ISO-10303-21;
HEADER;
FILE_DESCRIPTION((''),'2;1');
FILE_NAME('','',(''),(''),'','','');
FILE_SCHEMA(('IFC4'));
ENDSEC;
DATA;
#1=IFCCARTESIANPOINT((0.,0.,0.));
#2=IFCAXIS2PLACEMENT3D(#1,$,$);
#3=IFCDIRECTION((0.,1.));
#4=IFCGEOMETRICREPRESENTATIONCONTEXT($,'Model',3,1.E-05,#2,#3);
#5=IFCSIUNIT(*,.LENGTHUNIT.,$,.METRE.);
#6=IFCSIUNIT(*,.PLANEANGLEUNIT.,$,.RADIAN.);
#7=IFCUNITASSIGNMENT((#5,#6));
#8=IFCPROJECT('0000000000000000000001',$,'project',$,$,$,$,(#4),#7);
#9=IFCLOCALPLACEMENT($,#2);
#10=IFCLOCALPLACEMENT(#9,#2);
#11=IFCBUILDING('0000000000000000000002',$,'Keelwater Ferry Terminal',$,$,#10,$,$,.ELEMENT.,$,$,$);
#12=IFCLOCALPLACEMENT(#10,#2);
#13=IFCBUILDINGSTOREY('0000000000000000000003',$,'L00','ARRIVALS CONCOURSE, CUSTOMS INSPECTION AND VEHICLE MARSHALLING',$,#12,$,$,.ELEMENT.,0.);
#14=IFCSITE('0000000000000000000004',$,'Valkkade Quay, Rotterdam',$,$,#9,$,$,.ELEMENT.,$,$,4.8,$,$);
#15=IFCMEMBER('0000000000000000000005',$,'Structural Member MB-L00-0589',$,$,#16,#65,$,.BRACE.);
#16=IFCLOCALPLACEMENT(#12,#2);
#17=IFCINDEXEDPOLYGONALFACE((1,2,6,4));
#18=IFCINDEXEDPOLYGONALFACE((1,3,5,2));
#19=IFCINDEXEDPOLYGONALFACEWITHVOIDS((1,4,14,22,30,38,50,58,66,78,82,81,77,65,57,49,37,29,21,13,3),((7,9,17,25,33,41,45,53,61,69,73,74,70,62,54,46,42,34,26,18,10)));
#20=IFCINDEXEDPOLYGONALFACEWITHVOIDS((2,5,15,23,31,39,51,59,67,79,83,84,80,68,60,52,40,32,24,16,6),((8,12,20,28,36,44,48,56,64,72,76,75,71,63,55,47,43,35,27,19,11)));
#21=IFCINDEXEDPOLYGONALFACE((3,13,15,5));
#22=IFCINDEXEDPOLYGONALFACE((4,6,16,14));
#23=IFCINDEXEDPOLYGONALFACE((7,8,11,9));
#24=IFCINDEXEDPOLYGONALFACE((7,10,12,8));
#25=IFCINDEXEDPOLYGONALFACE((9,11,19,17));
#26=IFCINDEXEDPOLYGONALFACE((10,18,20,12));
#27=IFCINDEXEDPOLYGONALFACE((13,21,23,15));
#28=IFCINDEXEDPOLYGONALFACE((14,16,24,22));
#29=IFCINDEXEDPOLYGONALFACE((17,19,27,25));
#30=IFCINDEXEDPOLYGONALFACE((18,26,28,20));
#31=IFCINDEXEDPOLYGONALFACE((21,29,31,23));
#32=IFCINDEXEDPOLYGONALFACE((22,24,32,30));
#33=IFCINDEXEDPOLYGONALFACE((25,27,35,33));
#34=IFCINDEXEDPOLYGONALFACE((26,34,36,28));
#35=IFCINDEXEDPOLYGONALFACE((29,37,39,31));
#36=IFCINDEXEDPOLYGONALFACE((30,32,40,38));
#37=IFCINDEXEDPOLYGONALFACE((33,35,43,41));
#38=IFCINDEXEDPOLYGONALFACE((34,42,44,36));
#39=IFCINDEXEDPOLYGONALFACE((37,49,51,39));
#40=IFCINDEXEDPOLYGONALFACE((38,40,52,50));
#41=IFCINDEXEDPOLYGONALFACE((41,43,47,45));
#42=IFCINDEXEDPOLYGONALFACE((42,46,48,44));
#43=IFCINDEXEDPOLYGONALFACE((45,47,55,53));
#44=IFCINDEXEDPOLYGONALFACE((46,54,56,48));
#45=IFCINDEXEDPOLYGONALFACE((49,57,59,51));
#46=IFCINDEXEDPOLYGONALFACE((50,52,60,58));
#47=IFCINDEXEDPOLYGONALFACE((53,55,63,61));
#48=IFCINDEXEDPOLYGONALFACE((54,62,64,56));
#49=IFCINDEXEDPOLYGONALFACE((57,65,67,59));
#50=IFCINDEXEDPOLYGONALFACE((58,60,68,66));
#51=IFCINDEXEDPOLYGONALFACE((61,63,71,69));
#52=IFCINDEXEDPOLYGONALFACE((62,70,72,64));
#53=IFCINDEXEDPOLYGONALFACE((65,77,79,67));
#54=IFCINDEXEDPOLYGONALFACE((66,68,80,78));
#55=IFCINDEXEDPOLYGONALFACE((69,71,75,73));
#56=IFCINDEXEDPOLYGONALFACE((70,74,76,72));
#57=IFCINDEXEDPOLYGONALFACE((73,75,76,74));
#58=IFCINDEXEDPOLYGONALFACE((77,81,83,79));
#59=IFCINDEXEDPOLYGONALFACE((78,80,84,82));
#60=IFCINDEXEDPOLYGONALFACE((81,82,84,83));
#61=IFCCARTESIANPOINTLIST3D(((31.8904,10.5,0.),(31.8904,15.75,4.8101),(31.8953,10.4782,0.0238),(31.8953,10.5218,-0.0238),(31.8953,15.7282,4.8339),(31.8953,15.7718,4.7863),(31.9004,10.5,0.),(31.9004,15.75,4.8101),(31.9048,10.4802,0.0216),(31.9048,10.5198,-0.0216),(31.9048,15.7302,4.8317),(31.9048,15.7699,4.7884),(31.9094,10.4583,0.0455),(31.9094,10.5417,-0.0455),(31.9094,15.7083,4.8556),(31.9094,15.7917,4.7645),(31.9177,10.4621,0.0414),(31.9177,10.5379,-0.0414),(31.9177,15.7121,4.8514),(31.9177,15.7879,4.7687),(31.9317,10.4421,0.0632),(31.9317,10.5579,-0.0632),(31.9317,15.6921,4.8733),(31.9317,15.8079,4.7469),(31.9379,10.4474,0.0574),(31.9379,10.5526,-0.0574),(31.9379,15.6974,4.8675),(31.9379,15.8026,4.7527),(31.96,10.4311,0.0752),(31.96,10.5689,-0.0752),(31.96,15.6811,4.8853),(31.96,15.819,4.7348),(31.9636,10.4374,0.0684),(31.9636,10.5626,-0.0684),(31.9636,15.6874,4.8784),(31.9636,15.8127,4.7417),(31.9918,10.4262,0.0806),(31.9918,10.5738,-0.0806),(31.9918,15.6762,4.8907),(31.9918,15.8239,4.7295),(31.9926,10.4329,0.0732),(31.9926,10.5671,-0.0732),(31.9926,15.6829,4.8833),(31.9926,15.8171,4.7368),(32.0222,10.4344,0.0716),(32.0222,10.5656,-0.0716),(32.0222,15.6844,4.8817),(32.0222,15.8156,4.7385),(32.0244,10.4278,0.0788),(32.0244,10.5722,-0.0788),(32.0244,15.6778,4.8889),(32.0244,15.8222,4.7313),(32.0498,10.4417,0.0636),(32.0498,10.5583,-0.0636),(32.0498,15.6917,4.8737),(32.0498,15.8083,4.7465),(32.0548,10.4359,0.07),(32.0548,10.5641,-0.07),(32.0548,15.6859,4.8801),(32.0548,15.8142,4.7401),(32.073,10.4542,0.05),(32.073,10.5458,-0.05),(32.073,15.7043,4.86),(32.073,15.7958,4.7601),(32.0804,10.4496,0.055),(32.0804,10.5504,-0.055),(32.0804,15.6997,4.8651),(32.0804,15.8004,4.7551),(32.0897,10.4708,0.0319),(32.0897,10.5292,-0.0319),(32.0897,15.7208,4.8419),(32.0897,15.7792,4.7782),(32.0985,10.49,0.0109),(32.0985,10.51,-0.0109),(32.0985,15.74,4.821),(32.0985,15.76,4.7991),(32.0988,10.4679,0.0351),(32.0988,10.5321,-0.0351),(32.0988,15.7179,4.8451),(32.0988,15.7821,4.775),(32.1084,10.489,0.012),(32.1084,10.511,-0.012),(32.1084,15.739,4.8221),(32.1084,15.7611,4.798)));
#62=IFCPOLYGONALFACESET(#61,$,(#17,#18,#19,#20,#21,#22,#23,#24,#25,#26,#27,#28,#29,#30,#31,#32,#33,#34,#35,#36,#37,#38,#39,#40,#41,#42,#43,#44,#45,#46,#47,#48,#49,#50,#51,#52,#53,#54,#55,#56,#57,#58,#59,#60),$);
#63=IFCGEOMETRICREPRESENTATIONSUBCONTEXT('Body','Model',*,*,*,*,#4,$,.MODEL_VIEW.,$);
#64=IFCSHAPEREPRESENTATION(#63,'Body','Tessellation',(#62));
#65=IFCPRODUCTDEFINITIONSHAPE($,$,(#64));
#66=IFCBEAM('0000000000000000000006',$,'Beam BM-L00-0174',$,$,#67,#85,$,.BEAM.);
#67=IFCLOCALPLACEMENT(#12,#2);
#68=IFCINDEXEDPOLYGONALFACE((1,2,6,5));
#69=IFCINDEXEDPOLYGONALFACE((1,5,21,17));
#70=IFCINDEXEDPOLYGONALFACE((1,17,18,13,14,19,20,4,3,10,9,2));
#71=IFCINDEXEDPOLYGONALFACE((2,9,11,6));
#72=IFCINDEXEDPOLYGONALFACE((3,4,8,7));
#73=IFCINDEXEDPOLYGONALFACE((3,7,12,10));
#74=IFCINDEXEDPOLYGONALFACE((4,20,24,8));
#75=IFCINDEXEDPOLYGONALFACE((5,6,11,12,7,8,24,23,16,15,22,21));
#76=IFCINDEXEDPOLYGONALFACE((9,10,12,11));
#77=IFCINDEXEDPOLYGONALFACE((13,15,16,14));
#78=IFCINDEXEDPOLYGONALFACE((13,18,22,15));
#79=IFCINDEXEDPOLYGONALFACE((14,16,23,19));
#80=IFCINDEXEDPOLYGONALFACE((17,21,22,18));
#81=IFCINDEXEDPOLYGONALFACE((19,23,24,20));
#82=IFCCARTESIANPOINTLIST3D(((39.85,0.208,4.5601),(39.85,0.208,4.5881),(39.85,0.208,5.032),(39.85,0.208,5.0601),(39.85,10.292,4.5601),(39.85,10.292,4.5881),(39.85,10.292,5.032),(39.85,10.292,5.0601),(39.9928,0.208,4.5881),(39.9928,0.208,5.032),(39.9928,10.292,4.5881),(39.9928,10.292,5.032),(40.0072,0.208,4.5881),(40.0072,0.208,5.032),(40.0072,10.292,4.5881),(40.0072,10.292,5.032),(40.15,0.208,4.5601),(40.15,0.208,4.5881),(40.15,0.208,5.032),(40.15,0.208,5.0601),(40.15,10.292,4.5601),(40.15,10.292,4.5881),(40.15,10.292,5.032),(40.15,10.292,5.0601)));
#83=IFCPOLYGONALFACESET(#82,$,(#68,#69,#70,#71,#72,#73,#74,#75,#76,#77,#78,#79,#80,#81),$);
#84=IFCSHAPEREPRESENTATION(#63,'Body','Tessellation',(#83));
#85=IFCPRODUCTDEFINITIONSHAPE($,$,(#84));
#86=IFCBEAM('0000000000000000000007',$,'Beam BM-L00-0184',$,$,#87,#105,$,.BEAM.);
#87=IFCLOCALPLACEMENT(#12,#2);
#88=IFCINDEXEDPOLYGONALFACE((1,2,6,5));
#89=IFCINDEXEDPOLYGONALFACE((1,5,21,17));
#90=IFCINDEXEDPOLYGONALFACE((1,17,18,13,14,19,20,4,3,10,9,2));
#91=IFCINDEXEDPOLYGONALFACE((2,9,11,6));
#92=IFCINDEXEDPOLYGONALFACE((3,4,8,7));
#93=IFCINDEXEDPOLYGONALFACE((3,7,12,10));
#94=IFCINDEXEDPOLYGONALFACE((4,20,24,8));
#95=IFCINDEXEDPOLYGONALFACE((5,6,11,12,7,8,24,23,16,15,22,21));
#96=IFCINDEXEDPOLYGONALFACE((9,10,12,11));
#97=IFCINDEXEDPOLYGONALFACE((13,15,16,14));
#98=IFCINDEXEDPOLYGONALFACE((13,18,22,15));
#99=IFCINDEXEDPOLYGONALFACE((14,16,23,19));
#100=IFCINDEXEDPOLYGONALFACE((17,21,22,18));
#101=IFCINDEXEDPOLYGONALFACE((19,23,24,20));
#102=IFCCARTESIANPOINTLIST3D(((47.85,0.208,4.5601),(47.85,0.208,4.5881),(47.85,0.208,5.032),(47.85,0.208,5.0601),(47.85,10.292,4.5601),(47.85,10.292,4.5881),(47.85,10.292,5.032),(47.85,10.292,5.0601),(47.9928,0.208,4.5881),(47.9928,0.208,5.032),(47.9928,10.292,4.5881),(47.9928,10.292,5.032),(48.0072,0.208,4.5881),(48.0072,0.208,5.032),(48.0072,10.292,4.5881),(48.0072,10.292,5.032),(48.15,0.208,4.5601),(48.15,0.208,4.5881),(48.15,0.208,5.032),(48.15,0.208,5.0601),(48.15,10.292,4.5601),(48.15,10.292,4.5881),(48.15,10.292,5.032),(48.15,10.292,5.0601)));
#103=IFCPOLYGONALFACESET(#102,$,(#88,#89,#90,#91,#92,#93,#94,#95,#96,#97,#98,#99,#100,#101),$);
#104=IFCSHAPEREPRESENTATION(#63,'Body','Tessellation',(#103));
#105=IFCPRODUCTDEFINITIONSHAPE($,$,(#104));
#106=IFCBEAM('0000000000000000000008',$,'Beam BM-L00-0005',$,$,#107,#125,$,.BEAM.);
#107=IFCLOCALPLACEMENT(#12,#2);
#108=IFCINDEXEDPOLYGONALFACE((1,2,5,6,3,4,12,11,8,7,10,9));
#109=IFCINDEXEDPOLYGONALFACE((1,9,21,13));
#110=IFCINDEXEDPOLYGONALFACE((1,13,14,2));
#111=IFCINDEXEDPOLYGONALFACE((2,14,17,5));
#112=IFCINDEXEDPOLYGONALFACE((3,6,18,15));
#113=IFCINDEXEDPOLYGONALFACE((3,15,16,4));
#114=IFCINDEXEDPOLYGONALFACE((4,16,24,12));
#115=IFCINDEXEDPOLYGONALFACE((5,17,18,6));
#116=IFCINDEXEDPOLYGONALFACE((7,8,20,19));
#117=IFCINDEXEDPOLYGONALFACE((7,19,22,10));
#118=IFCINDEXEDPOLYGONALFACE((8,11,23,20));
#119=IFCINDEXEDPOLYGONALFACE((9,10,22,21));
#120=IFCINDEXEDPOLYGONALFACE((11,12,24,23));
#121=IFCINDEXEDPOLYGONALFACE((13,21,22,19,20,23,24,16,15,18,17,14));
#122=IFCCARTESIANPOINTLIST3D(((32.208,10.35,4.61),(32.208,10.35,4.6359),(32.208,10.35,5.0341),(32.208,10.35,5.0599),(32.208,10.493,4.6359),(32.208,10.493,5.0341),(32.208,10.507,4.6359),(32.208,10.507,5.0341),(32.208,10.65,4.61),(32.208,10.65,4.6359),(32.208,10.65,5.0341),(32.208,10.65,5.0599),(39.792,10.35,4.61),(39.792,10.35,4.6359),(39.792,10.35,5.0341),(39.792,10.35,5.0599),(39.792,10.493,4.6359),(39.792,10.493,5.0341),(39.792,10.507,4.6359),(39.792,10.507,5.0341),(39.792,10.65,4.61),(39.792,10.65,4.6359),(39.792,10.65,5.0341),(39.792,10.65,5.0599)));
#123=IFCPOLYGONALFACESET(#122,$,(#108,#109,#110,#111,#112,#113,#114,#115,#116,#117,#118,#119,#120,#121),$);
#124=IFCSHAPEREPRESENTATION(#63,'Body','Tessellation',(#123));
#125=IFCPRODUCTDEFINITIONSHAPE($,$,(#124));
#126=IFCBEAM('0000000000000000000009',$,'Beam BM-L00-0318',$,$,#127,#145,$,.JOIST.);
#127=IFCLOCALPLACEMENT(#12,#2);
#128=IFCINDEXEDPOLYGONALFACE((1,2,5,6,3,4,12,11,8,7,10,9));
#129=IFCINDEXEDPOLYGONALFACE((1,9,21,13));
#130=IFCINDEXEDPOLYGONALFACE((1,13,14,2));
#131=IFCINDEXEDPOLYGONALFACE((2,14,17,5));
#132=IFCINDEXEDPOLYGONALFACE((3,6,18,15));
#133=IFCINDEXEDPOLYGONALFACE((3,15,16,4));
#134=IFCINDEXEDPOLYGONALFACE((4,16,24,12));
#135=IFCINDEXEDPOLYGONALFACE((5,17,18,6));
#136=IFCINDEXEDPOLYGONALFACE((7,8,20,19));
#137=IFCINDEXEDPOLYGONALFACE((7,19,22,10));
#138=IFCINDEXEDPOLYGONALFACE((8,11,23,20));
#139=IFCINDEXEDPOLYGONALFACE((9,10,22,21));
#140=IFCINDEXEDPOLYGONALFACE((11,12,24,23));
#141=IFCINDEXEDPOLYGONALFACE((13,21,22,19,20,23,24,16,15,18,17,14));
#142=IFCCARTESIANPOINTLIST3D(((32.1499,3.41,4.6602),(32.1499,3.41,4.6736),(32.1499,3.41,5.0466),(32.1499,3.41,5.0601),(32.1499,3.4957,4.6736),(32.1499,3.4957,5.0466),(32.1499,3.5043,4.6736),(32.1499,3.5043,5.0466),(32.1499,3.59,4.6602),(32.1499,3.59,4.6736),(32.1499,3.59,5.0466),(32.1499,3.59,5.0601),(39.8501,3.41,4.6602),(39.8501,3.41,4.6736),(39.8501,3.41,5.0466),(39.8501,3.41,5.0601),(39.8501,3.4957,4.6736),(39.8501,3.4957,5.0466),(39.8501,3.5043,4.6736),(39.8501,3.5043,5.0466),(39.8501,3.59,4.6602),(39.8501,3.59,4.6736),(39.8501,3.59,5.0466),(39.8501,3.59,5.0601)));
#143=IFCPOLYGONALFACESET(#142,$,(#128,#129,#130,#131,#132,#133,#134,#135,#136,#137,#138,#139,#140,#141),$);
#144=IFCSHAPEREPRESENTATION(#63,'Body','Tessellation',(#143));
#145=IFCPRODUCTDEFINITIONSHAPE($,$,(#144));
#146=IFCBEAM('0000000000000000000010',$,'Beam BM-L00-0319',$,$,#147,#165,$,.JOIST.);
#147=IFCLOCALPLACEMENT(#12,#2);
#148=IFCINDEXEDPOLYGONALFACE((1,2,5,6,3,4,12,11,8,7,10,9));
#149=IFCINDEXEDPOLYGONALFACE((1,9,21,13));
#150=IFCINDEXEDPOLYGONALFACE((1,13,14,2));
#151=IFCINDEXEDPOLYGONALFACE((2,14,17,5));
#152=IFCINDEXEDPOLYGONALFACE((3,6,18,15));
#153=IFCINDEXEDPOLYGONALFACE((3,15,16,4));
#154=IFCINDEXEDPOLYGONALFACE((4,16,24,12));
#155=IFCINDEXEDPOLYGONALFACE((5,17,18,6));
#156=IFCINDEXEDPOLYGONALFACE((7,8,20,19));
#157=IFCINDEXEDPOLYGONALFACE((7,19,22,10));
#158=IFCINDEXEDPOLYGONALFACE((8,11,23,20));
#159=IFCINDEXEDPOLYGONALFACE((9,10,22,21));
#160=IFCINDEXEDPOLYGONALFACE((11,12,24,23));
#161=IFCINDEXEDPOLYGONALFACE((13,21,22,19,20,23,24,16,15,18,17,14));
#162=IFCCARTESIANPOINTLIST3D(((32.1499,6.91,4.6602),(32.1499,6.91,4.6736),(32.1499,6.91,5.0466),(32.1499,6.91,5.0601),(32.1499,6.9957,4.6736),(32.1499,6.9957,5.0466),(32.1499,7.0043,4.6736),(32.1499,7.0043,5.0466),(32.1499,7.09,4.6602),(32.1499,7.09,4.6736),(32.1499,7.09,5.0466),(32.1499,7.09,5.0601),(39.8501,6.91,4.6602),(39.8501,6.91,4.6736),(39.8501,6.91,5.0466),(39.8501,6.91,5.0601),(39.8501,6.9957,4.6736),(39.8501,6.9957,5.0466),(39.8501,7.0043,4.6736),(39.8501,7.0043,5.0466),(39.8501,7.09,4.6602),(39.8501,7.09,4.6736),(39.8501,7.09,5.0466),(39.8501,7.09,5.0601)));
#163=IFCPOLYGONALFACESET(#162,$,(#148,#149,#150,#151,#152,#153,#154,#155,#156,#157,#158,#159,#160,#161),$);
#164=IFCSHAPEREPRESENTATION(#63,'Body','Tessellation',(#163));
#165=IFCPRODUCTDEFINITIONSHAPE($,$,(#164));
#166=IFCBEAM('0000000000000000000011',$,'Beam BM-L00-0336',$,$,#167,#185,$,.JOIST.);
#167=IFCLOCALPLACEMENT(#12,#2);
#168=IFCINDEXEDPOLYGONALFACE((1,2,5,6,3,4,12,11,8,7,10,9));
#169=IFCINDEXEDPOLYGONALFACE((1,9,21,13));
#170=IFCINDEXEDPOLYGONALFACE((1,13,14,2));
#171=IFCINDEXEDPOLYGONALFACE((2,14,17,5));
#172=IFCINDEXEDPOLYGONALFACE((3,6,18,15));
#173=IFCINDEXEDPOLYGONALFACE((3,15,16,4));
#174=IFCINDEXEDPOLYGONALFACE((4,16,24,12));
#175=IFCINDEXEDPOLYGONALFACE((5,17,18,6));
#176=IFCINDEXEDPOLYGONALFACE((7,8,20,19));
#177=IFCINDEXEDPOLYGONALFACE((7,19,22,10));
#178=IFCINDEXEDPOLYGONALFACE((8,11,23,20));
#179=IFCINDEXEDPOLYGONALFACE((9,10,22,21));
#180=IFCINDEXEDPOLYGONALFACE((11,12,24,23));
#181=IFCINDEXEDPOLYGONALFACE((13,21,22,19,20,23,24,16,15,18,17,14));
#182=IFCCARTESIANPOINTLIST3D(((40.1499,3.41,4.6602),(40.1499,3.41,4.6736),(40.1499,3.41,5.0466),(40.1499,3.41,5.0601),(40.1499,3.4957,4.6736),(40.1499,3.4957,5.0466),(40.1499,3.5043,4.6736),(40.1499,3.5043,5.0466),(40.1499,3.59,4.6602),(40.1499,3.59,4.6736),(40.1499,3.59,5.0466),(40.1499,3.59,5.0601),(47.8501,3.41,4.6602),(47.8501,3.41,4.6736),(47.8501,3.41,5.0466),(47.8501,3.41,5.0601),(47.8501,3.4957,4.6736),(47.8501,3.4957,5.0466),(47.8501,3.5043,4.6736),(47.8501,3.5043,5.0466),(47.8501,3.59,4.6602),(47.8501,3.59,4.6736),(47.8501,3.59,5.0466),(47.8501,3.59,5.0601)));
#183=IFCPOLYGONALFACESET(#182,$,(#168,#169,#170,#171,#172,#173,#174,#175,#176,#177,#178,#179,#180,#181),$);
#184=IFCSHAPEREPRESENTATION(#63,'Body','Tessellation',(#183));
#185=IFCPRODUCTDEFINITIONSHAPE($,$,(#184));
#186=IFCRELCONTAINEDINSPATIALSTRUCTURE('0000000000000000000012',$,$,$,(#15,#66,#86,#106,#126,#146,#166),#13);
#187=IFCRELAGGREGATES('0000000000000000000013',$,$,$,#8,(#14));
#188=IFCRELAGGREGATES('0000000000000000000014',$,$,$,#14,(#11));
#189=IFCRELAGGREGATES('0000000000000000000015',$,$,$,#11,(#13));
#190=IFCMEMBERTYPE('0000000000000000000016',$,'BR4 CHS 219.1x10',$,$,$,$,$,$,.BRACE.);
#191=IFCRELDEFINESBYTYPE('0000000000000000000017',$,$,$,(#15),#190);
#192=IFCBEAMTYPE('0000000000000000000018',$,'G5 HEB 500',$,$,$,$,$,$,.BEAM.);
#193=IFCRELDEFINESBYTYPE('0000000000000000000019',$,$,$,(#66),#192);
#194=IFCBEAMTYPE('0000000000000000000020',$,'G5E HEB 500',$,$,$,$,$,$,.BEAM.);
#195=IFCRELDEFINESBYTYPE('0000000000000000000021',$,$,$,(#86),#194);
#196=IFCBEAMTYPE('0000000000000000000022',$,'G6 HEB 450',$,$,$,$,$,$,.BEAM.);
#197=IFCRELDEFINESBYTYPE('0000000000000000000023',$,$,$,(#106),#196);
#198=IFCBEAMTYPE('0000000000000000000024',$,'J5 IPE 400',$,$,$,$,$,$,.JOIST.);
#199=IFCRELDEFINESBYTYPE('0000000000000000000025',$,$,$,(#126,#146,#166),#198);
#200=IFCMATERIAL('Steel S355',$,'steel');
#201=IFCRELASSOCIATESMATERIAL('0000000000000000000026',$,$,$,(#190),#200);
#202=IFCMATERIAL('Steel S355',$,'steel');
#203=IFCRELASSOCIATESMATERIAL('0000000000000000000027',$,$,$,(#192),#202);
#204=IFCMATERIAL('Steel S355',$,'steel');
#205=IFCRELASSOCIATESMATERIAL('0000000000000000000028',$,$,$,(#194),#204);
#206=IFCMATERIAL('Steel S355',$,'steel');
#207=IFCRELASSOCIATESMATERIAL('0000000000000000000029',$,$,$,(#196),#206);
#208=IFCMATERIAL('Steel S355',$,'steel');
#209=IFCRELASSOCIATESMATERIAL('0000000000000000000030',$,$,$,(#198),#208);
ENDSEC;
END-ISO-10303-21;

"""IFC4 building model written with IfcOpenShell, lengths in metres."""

from ifc_helpers import new_model, si_unit, direction, frame, origin, origin_2d, place, context, subcontext, project, spatial, hollow_circle, i_section, extrude, material, material_profile, profile_set, type_object, element, save


model = new_model("IFC4")

# Units and contexts
model_context = context("Model", 3, precision=1e-05, world=origin(), true_north=direction((0.0, 1.0)))
body_context = subcontext(model_context, "Body", "Model", "MODEL_VIEW")
ifc_project = project(units=[si_unit("LENGTHUNIT", "METRE"), si_unit("PLANEANGLEUNIT", "RADIAN")], contexts=[model_context])

# Site, building, storey
site_placement = place(None, origin())
site = spatial("IfcSite", under=ifc_project, at=site_placement, Name="Valkkade Quay, Rotterdam", CompositionType="ELEMENT", RefElevation=4.8)
building_placement = place(site_placement, origin())
building = spatial("IfcBuilding", under=site, at=building_placement, Name="Keelwater Ferry Terminal", CompositionType="ELEMENT")
storey_placement = place(building_placement, origin())
storey = spatial("IfcBuildingStorey", under=building, at=storey_placement, Name="L00", Description="ARRIVALS CONCOURSE, CUSTOMS INSPECTION AND VEHICLE MARSHALLING", CompositionType="ELEMENT", Elevation=0.0)

# Member
ifc_material_1 = material(Name="Steel S355", Category="steel")
ifc_material_profile_1 = material_profile(ifc_material_1, hollow_circle(Radius=0.1096, WallThickness=0.01, at=origin_2d()), Name="CHS 219.1x10")
ifc_profile_set_1 = profile_set([ifc_material_profile_1], Name="Steel S355")
member_type = type_object("IfcMemberType", Name="BR4 CHS 219.1x10", PredefinedType="BRACE", material=ifc_profile_set_1)
member_placement = place(storey_placement, frame((32.0, 10.5, 0.0), z_axis=(0.0, 0.737325, 0.675538), x_axis=(-1.0, 0.0, 0.0)))
element("IfcMember", 1, at=member_placement, inside=storey, type_object=member_type, Name="Structural Member MB-L00-0589", PredefinedType="BRACE", context=body_context, shape_type="SweptSolid", body=[
    extrude(hollow_circle(Radius=0.1096, WallThickness=0.01, at=origin_2d()), origin(), (0.0, 0.0, 1.0), 7.1204),
])

# Beams
ifc_material_2 = material(Name="Steel S355", Category="steel")
ifc_material_profile_2 = material_profile(ifc_material_2, i_section(OverallWidth=0.3, OverallDepth=0.5, WebThickness=0.0144, FlangeThickness=0.0281, at=origin_2d()), Name="HEB 500")
ifc_profile_set_2 = profile_set([ifc_material_profile_2], Name="Steel S355")
beam_type_1 = type_object("IfcBeamType", Name="G5 HEB 500", PredefinedType="BEAM", material=ifc_profile_set_2)
beam_1_placement = place(storey_placement, frame((40.0, 0.208, 4.8101), z_axis=(0.0, 1.0, 0.0), x_axis=(-1.0, 0.0, 0.0)))
element("IfcBeam", 2, at=beam_1_placement, inside=storey, type_object=beam_type_1, Name="Beam BM-L00-0174", PredefinedType="BEAM", context=body_context, shape_type="SweptSolid", body=[
    extrude(i_section(OverallWidth=0.3, OverallDepth=0.5, WebThickness=0.0144, FlangeThickness=0.0281, at=origin_2d()), origin(), (0.0, 0.0, 1.0), 10.084),
])
ifc_material_3 = material(Name="Steel S355", Category="steel")
ifc_material_profile_3 = material_profile(ifc_material_3, i_section(OverallWidth=0.3, OverallDepth=0.5, WebThickness=0.0144, FlangeThickness=0.0281, at=origin_2d()), Name="HEB 500")
ifc_profile_set_3 = profile_set([ifc_material_profile_3], Name="Steel S355")
beam_type_2 = type_object("IfcBeamType", Name="G5E HEB 500", PredefinedType="BEAM", material=ifc_profile_set_3)
beam_2_placement = place(storey_placement, frame((48.0, 0.208, 4.8101), z_axis=(0.0, 1.0, 0.0), x_axis=(-1.0, 0.0, 0.0)))
element("IfcBeam", 3, at=beam_2_placement, inside=storey, type_object=beam_type_2, Name="Beam BM-L00-0184", PredefinedType="BEAM", context=body_context, shape_type="SweptSolid", body=[
    extrude(i_section(OverallWidth=0.3, OverallDepth=0.5, WebThickness=0.0144, FlangeThickness=0.0281, at=origin_2d()), origin(), (0.0, 0.0, 1.0), 10.084),
])
ifc_material_4 = material(Name="Steel S355", Category="steel")
ifc_material_profile_4 = material_profile(ifc_material_4, i_section(OverallWidth=0.3, OverallDepth=0.45, WebThickness=0.0139, FlangeThickness=0.0259, at=origin_2d()), Name="HEB 450")
ifc_profile_set_4 = profile_set([ifc_material_profile_4], Name="Steel S355")
beam_type_3 = type_object("IfcBeamType", Name="G6 HEB 450", PredefinedType="BEAM", material=ifc_profile_set_4)
beam_3_placement = place(storey_placement, frame((32.208, 10.5, 4.835), z_axis=(1.0, 0.0, 0.0), x_axis=(0.0, 1.0, 0.0)))
element("IfcBeam", 4, at=beam_3_placement, inside=storey, type_object=beam_type_3, Name="Beam BM-L00-0005", PredefinedType="BEAM", context=body_context, shape_type="SweptSolid", body=[
    extrude(i_section(OverallWidth=0.3, OverallDepth=0.45, WebThickness=0.0139, FlangeThickness=0.0259, at=origin_2d()), origin(), (0.0, 0.0, 1.0), 7.584),
])
ifc_material_5 = material(Name="Steel S355", Category="steel")
ifc_material_profile_5 = material_profile(ifc_material_5, i_section(OverallWidth=0.1799, OverallDepth=0.3999, WebThickness=0.0085, FlangeThickness=0.0134, at=origin_2d()), Name="IPE 400")
ifc_profile_set_5 = profile_set([ifc_material_profile_5], Name="Steel S355")
beam_type_4 = type_object("IfcBeamType", Name="J5 IPE 400", PredefinedType="JOIST", material=ifc_profile_set_5)
for number, where, z_axis, x_axis, name in (
    (5, (32.1499, 3.5, 4.8601), (1.0, 0.0, 0.0), (0.0, 1.0, 0.0), "Beam BM-L00-0318"),
    (6, (32.1499, 7.0, 4.8601), (1.0, 0.0, 0.0), (0.0, 1.0, 0.0), "Beam BM-L00-0319"),
    (7, (40.1499, 3.5, 4.8601), (1.0, 0.0, 0.0), (0.0, 1.0, 0.0), "Beam BM-L00-0336"),
):
    element("IfcBeam", number, at=place(storey_placement, frame(where, z_axis=z_axis, x_axis=x_axis)), inside=storey, type_object=beam_type_4, Name=name, PredefinedType="JOIST", context=body_context, shape_type="SweptSolid", body=[
        extrude(i_section(OverallWidth=0.1799, OverallDepth=0.3999, WebThickness=0.0085, FlangeThickness=0.0134, at=origin_2d()), origin(), (0.0, 0.0, 1.0), 7.7002),
    ])

save(model, "model.ifc")
